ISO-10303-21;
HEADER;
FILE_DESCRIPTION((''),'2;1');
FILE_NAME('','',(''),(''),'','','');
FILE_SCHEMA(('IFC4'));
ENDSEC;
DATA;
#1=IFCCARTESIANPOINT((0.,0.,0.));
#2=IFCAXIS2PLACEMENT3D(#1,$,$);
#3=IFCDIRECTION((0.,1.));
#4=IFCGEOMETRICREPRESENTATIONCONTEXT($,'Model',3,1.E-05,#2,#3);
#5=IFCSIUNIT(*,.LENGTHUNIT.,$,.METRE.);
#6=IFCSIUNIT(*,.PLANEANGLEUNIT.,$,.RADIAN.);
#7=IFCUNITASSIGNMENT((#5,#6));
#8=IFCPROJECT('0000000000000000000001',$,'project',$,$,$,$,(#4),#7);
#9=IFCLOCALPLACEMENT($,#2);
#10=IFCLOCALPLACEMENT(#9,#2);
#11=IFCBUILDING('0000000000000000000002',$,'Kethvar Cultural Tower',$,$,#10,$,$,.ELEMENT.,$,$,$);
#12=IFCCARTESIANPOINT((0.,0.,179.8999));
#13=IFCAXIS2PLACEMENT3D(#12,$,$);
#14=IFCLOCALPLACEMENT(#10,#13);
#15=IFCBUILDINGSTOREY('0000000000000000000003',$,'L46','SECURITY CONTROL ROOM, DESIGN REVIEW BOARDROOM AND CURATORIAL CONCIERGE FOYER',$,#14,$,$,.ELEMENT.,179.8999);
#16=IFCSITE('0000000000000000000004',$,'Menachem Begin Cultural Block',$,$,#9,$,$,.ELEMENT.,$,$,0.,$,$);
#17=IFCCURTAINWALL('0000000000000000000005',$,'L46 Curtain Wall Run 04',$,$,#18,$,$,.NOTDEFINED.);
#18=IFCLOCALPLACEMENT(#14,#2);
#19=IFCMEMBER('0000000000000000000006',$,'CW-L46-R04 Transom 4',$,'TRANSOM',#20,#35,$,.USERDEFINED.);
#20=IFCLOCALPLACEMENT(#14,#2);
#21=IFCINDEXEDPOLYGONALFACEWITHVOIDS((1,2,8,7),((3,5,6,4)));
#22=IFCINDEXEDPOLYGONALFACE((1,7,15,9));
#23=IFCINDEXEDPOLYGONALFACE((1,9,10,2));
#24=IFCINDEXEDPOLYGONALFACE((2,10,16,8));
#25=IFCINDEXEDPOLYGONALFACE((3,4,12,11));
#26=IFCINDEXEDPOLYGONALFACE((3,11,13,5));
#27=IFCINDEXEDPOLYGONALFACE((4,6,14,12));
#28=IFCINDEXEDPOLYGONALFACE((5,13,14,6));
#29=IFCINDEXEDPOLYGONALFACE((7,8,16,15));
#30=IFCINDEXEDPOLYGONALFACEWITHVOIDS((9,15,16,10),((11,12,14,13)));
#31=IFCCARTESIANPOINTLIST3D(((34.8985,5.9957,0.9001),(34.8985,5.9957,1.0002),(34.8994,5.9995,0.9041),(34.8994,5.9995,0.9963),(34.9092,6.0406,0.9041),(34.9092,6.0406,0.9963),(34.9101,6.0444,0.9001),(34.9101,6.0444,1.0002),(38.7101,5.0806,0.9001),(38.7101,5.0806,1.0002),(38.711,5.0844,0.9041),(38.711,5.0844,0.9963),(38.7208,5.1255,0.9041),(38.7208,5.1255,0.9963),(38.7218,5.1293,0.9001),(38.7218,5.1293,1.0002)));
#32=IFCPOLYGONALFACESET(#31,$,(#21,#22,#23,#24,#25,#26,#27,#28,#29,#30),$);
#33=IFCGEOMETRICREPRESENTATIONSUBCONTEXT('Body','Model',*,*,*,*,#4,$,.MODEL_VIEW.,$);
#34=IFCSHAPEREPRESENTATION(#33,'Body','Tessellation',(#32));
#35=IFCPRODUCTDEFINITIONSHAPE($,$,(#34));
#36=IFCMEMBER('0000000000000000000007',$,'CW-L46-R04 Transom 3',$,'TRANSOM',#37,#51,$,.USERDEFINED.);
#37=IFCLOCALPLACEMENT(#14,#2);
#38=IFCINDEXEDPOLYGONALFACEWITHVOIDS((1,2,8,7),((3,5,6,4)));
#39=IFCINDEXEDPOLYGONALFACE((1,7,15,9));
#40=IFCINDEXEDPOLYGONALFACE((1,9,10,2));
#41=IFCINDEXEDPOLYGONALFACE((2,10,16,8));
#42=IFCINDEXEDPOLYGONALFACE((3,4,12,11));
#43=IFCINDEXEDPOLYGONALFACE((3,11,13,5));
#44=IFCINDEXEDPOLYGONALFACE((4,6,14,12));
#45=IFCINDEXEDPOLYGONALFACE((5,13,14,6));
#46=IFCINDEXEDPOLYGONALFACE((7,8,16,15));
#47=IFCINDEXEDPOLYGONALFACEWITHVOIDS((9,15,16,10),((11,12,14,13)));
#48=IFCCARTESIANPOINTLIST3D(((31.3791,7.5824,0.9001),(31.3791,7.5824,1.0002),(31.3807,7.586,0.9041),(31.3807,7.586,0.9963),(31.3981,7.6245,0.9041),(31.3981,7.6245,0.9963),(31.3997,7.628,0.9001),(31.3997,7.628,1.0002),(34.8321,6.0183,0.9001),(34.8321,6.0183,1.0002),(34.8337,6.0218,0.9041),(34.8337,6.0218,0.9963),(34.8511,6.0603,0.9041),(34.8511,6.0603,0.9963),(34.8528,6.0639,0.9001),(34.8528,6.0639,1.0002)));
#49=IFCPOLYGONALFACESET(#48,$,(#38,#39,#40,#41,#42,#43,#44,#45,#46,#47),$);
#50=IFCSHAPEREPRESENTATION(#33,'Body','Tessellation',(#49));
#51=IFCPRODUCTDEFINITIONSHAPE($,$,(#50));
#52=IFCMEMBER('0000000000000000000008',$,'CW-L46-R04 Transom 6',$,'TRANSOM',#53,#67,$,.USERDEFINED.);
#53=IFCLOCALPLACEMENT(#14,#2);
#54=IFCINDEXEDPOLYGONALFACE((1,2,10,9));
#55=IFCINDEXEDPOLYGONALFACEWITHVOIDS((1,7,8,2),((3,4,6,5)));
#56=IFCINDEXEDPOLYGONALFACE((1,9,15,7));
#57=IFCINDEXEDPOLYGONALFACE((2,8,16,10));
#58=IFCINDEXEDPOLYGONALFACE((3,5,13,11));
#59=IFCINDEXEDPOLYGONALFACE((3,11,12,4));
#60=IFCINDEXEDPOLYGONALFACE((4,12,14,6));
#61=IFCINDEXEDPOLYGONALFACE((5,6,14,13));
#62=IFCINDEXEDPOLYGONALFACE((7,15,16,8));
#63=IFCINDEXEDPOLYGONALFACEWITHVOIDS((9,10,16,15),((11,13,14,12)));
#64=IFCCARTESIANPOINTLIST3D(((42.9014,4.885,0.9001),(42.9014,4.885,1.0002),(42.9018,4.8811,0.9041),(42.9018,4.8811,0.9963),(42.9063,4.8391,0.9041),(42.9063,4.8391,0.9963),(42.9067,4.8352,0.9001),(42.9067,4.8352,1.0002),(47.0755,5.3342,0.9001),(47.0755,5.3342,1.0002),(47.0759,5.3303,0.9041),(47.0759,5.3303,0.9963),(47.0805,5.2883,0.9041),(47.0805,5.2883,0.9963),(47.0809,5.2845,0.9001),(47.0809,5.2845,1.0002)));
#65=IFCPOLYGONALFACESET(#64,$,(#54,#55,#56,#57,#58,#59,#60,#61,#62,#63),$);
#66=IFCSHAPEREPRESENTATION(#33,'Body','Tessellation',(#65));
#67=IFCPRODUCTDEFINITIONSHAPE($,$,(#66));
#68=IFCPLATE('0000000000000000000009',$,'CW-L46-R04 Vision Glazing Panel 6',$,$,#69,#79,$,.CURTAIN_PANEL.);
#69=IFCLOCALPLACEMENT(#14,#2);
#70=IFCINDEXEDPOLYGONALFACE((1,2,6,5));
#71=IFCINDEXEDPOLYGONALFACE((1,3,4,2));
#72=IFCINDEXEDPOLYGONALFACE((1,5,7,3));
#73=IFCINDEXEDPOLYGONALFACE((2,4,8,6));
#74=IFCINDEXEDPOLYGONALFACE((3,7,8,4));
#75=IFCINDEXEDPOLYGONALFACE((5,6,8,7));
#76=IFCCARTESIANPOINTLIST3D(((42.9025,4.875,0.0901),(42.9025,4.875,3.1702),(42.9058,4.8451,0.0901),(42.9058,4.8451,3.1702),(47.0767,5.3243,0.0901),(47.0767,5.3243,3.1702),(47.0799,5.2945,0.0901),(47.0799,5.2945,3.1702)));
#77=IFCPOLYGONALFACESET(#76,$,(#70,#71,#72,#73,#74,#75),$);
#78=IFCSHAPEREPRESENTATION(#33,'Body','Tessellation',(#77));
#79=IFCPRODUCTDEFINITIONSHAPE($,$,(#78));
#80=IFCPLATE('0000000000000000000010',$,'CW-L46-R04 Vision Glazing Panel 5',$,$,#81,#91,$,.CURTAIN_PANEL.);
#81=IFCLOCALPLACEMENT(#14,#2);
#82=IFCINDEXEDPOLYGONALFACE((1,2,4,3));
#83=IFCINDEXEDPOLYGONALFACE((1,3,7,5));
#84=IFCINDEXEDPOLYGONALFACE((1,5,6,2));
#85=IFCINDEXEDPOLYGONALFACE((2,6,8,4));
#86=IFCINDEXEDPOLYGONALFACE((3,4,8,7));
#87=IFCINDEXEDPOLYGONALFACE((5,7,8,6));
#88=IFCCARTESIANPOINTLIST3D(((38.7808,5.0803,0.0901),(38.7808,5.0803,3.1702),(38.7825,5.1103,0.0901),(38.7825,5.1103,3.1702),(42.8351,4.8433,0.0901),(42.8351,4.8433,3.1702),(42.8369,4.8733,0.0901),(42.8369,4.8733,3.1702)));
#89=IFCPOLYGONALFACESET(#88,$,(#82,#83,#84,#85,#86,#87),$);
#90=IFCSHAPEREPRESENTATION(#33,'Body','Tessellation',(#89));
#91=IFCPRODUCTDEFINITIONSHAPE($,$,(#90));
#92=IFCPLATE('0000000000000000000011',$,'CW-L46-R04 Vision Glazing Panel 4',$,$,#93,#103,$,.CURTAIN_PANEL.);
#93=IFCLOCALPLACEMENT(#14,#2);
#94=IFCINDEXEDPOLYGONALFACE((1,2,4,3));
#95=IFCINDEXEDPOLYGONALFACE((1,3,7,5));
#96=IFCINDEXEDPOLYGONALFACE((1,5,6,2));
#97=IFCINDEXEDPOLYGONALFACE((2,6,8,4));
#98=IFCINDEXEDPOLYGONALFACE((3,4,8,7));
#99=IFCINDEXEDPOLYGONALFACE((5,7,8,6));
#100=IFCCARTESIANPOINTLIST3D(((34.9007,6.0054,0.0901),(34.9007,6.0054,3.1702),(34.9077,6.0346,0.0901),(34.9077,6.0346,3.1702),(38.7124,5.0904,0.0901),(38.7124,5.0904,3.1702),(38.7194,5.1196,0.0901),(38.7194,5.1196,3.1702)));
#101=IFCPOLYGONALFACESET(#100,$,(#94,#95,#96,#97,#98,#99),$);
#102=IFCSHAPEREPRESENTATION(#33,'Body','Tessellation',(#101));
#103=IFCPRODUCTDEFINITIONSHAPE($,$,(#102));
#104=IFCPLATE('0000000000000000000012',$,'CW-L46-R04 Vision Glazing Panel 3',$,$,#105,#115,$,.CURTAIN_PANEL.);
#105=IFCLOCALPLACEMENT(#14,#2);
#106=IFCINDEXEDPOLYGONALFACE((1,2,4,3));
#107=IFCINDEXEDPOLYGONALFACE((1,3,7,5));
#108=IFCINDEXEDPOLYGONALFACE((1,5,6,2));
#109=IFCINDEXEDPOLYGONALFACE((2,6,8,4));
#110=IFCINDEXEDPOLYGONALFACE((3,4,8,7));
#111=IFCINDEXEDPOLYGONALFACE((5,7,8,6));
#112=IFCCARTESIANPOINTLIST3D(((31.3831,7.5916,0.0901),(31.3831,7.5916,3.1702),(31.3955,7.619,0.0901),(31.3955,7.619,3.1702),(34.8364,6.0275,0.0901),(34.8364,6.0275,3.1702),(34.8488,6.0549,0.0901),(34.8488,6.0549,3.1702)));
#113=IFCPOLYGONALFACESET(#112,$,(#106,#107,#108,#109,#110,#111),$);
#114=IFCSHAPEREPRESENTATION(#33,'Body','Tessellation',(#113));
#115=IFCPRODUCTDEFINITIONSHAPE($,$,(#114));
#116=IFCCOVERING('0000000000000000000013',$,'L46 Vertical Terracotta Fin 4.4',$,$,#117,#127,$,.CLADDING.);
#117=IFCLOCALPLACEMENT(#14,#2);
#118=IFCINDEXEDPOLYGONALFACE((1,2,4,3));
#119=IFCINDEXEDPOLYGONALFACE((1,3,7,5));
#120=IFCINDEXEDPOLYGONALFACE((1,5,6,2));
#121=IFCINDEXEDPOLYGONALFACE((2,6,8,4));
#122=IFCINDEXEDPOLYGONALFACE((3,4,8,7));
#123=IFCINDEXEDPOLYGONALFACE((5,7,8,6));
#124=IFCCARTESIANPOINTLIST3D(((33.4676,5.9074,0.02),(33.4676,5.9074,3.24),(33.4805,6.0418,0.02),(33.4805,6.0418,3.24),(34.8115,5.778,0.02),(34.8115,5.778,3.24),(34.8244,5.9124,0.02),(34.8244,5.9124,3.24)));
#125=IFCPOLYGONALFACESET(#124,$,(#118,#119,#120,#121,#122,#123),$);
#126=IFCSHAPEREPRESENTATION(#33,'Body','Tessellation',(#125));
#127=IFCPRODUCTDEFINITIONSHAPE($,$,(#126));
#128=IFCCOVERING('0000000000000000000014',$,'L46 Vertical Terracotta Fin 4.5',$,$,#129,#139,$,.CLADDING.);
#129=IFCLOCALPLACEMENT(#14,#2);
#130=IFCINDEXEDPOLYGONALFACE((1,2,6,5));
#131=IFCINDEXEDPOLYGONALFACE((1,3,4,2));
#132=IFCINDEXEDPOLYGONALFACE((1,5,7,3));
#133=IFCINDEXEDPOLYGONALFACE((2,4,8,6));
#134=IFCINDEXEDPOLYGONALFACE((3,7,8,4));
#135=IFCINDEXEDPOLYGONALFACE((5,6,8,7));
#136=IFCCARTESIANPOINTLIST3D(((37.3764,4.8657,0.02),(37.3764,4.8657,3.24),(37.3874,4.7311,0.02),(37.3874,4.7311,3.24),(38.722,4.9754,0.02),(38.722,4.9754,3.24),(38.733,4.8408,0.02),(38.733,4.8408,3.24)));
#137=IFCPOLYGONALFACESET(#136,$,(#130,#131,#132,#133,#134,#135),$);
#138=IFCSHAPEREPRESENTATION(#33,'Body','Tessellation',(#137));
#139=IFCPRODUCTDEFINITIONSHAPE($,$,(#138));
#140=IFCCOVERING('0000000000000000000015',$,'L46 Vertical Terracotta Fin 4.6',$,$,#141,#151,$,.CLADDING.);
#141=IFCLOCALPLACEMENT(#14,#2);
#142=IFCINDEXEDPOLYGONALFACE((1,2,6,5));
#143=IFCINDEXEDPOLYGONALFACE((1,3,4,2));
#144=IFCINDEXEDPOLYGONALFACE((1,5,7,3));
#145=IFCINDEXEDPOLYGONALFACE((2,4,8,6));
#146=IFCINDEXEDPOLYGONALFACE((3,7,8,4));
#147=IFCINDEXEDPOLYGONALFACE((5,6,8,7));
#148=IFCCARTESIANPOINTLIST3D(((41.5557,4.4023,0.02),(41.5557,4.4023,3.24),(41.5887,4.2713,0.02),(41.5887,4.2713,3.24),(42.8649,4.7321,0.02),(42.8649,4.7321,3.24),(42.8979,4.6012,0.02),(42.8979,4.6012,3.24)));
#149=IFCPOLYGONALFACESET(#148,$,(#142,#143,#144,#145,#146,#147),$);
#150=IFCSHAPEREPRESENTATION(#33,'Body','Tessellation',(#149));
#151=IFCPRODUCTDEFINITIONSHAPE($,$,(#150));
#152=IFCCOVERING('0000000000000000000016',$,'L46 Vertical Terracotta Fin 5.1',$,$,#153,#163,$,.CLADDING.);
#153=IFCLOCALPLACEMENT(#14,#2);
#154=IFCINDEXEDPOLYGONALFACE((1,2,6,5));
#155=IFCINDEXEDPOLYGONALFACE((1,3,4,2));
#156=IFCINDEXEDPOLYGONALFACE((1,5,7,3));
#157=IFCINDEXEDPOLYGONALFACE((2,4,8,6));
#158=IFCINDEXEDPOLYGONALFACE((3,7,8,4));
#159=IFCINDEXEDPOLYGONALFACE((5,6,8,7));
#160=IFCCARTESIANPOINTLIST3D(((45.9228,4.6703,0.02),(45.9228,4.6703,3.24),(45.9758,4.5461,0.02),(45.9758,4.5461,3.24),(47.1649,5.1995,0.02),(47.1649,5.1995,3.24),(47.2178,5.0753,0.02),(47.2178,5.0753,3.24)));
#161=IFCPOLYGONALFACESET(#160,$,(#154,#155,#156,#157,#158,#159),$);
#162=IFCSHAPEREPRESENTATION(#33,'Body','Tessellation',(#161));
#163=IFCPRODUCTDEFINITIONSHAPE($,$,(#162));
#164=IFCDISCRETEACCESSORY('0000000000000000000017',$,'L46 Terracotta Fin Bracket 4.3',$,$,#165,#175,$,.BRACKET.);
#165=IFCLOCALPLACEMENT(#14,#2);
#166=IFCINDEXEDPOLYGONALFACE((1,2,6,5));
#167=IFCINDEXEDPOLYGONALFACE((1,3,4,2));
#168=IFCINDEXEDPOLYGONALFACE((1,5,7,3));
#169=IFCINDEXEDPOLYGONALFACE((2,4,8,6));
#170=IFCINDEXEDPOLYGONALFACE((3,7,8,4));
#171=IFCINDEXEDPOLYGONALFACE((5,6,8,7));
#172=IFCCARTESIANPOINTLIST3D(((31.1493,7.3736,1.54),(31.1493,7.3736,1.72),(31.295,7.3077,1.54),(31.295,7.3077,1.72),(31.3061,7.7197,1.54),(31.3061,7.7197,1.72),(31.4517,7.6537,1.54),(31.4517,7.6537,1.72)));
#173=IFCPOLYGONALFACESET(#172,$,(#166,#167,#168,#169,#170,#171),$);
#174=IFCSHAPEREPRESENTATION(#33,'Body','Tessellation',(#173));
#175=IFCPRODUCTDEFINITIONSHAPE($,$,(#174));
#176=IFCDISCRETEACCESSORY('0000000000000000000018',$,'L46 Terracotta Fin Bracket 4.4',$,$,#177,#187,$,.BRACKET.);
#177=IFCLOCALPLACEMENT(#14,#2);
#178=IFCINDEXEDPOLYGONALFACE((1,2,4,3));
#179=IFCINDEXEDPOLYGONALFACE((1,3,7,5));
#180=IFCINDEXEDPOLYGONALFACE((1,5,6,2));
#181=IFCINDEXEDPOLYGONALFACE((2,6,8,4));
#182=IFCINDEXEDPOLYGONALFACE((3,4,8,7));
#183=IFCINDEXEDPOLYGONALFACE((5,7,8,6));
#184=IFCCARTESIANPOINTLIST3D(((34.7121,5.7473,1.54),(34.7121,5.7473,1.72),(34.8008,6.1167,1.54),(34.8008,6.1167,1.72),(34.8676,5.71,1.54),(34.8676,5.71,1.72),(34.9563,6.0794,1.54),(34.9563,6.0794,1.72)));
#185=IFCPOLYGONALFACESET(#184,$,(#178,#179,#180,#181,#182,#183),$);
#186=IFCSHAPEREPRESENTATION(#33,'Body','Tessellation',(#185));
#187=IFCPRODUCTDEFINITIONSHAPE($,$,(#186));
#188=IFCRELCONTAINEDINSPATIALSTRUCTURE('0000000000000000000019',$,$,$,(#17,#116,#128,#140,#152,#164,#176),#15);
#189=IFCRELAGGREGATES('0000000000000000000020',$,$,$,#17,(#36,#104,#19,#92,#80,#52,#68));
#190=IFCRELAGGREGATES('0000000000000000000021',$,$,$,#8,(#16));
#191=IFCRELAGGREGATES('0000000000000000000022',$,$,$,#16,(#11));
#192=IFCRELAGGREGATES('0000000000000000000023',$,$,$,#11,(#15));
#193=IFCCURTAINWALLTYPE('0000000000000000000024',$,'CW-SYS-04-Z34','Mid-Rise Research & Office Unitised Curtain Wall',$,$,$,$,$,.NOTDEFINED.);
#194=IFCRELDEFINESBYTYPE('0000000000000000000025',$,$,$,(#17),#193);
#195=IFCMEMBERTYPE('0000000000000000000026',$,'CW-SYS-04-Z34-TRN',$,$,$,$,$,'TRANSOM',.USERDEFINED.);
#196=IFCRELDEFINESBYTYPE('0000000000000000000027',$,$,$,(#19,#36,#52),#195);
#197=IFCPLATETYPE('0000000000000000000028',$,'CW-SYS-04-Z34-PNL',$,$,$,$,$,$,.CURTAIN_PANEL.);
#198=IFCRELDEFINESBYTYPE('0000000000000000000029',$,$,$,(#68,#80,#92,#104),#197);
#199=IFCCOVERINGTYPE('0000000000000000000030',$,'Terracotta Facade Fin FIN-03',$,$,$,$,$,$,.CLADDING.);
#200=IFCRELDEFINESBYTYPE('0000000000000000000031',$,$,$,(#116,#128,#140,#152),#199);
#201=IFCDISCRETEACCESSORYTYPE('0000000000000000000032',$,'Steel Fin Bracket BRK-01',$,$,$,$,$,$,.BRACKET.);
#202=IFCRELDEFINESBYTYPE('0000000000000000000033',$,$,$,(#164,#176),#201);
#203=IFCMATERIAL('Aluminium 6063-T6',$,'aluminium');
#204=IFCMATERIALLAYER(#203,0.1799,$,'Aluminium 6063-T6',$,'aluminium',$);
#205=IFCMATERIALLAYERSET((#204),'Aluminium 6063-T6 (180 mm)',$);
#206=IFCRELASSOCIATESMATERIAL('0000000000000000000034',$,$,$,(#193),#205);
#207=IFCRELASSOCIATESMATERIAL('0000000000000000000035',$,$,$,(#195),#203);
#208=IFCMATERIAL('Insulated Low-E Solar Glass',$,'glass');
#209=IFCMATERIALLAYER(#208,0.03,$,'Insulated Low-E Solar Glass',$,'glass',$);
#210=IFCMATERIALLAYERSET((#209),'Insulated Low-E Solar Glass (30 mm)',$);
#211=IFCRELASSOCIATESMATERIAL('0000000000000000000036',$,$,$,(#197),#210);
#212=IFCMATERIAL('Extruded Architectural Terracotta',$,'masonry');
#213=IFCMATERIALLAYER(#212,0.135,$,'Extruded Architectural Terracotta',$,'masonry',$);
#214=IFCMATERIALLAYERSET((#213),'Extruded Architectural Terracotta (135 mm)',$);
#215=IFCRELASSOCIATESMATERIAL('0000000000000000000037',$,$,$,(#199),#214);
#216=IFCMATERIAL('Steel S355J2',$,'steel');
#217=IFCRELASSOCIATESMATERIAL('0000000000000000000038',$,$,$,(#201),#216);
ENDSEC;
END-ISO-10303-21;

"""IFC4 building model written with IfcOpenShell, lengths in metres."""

from ifc_helpers import new_model, si_unit, direction, frame, origin, origin_2d, place, context, subcontext, project, spatial, rectangle, hollow_rectangle, extrude, source, transform, mapped, material, layer, layer_set, material_profile, profile_set, type_object, element, aggregate, save


model = new_model("IFC4")

# Units and contexts
model_context = context("Model", 3, precision=1e-05, world=origin(), true_north=direction((0.0, 1.0)))
body_context = subcontext(model_context, "Body", "Model", "MODEL_VIEW")
ifc_project = project(units=[si_unit("LENGTHUNIT", "METRE"), si_unit("PLANEANGLEUNIT", "RADIAN")], contexts=[model_context])

# Site, building, storey
site_placement = place(None, origin())
site = spatial("IfcSite", under=ifc_project, at=site_placement, Name="Menachem Begin Cultural Block", CompositionType="ELEMENT", RefElevation=0.0)
building_placement = place(site_placement, origin())
building = spatial("IfcBuilding", under=site, at=building_placement, Name="Kethvar Cultural Tower", CompositionType="ELEMENT")
storey_placement = place(building_placement, frame((0.0, 0.0, 179.8999)))
storey = spatial("IfcBuildingStorey", under=building, at=storey_placement, Name="L46", Description="SECURITY CONTROL ROOM, DESIGN REVIEW BOARDROOM AND CURATORIAL CONCIERGE FOYER", CompositionType="ELEMENT", Elevation=179.8999)

# Shared definitions
ifc_material_1 = material(Name="Steel S355J2", Category="steel")

# Curtain wall, members, plates
ifc_material_2 = material(Name="Aluminium 6063-T6", Category="aluminium")
ifc_layer_1 = layer(ifc_material_2, 0.1799, Name="Aluminium 6063-T6", Category="aluminium")
ifc_layer_set_1 = layer_set([ifc_layer_1], Name="Aluminium 6063-T6 (180 mm)")
curtain_wall_type = type_object("IfcCurtainWallType", Name="CW-SYS-04-Z34", Description="Mid-Rise Research & Office Unitised Curtain Wall", PredefinedType="NOTDEFINED", material=ifc_layer_set_1)
curtain_wall_placement = place(storey_placement, origin())
curtain_wall = element("IfcCurtainWall", 1, at=curtain_wall_placement, inside=storey, type_object=curtain_wall_type, Name="L46 Curtain Wall Run 04", PredefinedType="NOTDEFINED")
ifc_material_profile_1 = material_profile(ifc_material_2, hollow_rectangle(XDim=0.05, YDim=0.1001, WallThickness=0.0039, at=origin_2d()), Name="Aluminium 6063-T6 — RHS100x50x4")
ifc_profile_set_1 = profile_set([ifc_material_profile_1], Name="Aluminium 6063-T6 — RHS100x50x4")
member_type_1 = type_object("IfcMemberType", Name="CW-SYS-04-Z34-TRN", ElementType="TRANSOM", PredefinedType="USERDEFINED", material=ifc_profile_set_1)
shared_shape_1 = source(origin(), body_context, "Body", "SweptSolid", [
    extrude(hollow_rectangle(XDim=0.05, YDim=0.1001, WallThickness=0.0039, at=origin_2d()), origin(), (0.0, 0.0, 1.0), 3.9199),
])
member_1_placement = place(storey_placement, frame((34.9043, 6.02, 0.9502), z_axis=(0.972371, -0.233439, 0.0), x_axis=(0.233439, 0.972371, 0.0)))
member_1 = element("IfcMember", 2, at=member_1_placement, type_object=member_type_1, Name="CW-L46-R04 Transom 4", ObjectType="TRANSOM", PredefinedType="USERDEFINED", context=body_context, shape_type="MappedRepresentation", body=[
    mapped(shared_shape_1, transform((0.0, 0.0, 0.0), scale=1.0)),
])
shared_shape_2 = source(origin(), body_context, "Body", "SweptSolid", [
    extrude(hollow_rectangle(XDim=0.05, YDim=0.1001, WallThickness=0.0039, at=origin_2d()), origin(), (0.0, 0.0, 1.0), 3.7908),
])
member_2_placement = place(storey_placement, frame((31.3894, 7.6052, 0.9502), z_axis=(0.910902, -0.412624, 0.0), x_axis=(0.412624, 0.910902, 0.0)))
member_2 = element("IfcMember", 3, at=member_2_placement, type_object=member_type_1, Name="CW-L46-R04 Transom 3", ObjectType="TRANSOM", PredefinedType="USERDEFINED", context=body_context, shape_type="MappedRepresentation", body=[
    mapped(shared_shape_2, transform((0.0, 0.0, 0.0), scale=1.0)),
])
shared_shape_3 = source(origin(), body_context, "Body", "SweptSolid", [
    extrude(hollow_rectangle(XDim=0.05, YDim=0.1001, WallThickness=0.0039, at=origin_2d()), origin(), (0.0, 0.0, 1.0), 4.1982),
])
member_3_placement = place(storey_placement, frame((42.9041, 4.8601, 0.9502), z_axis=(0.994259, 0.107003, 0.0), x_axis=(-0.107003, 0.994259, 0.0)))
member_3 = element("IfcMember", 4, at=member_3_placement, type_object=member_type_1, Name="CW-L46-R04 Transom 6", ObjectType="TRANSOM", PredefinedType="USERDEFINED", context=body_context, shape_type="MappedRepresentation", body=[
    mapped(shared_shape_3, transform((0.0, 0.0, 0.0), scale=1.0)),
])
ifc_material_3 = material(Name="Insulated Low-E Solar Glass", Category="glass")
ifc_layer_2 = layer(ifc_material_3, 0.03, Name="Insulated Low-E Solar Glass", Category="glass")
ifc_layer_set_2 = layer_set([ifc_layer_2], Name="Insulated Low-E Solar Glass (30 mm)")
plate_type = type_object("IfcPlateType", Name="CW-SYS-04-Z34-PNL", PredefinedType="CURTAIN_PANEL", material=ifc_layer_set_2)
shared_shape_4 = source(origin(), body_context, "Body", "SweptSolid", [
    extrude(rectangle(XDim=4.1982, YDim=0.03, at=origin_2d()), origin(), (0.0, 0.0, 1.0), 3.0801),
])
plate_1_placement = place(storey_placement, frame((44.9912, 5.0847, 0.0901), z_axis=(0.0, 0.0, 1.0), x_axis=(0.994256, 0.107028, 0.0)))
plate_1 = element("IfcPlate", 5, at=plate_1_placement, type_object=plate_type, Name="CW-L46-R04 Vision Glazing Panel 6", PredefinedType="CURTAIN_PANEL", context=body_context, shape_type="MappedRepresentation", body=[
    mapped(shared_shape_4, transform((0.0, 0.0, 0.0), scale=1.0)),
])
shared_shape_5 = source(origin(), body_context, "Body", "SweptSolid", [
    extrude(rectangle(XDim=4.0613, YDim=0.03, at=origin_2d()), origin(), (0.0, 0.0, 1.0), 3.0801),
])
plate_2_placement = place(storey_placement, frame((40.8088, 4.9768, 0.0901), z_axis=(0.0, 0.0, 1.0), x_axis=(0.998296, -0.058348, 0.0)))
plate_2 = element("IfcPlate", 6, at=plate_2_placement, type_object=plate_type, Name="CW-L46-R04 Vision Glazing Panel 5", PredefinedType="CURTAIN_PANEL", context=body_context, shape_type="MappedRepresentation", body=[
    mapped(shared_shape_5, transform((0.0, 0.0, 0.0), scale=1.0)),
])
shared_shape_6 = source(origin(), body_context, "Body", "SweptSolid", [
    extrude(rectangle(XDim=3.9199, YDim=0.03, at=origin_2d()), origin(), (0.0, 0.0, 1.0), 3.0801),
])
plate_3_placement = place(storey_placement, frame((36.8101, 5.5625, 0.0901), z_axis=(0.0, 0.0, 1.0), x_axis=(0.972378, -0.233411, 0.0)))
plate_3 = element("IfcPlate", 7, at=plate_3_placement, type_object=plate_type, Name="CW-L46-R04 Vision Glazing Panel 4", PredefinedType="CURTAIN_PANEL", context=body_context, shape_type="MappedRepresentation", body=[
    mapped(shared_shape_6, transform((0.0, 0.0, 0.0), scale=1.0)),
])
shared_shape_7 = source(origin(), body_context, "Body", "SweptSolid", [
    extrude(rectangle(XDim=3.791, YDim=0.03, at=origin_2d()), origin(), (0.0, 0.0, 1.0), 3.0801),
])
plate_4_placement = place(storey_placement, frame((33.116, 6.8232, 0.0901), z_axis=(0.0, 0.0, 1.0), x_axis=(0.910921, -0.41258, 0.0)))
plate_4 = element("IfcPlate", 8, at=plate_4_placement, type_object=plate_type, Name="CW-L46-R04 Vision Glazing Panel 3", PredefinedType="CURTAIN_PANEL", context=body_context, shape_type="MappedRepresentation", body=[
    mapped(shared_shape_7, transform((0.0, 0.0, 0.0), scale=1.0)),
])
aggregate(curtain_wall, [member_2, plate_4, member_1, plate_3, plate_2, member_3, plate_1])

# Coverings
ifc_material_4 = material(Name="Extruded Architectural Terracotta", Category="masonry")
ifc_layer_3 = layer(ifc_material_4, 0.135, Name="Extruded Architectural Terracotta", Category="masonry")
ifc_layer_set_3 = layer_set([ifc_layer_3], Name="Extruded Architectural Terracotta (135 mm)")
covering_type = type_object("IfcCoveringType", Name="Terracotta Facade Fin FIN-03", PredefinedType="CLADDING", material=ifc_layer_set_3)
shared_shape_8 = source(origin(), body_context, "Body", "SweptSolid", [
    extrude(rectangle(XDim=1.3501, YDim=0.135, at=origin_2d()), origin(), (0.0, 0.0, 1.0), 3.22),
])
for number, where, z_axis, x_axis, name in (
    (9, (34.146, 5.9099, 0.02), (0.0, 0.0, 1.0), (-0.995396, 0.095846, 0.0), "L46 Vertical Terracotta Fin 4.4"),
    (10, (38.0547, 4.8533, 0.02), (0.0, 0.0, 1.0), (-0.996694, -0.081243, 0.0), "L46 Vertical Terracotta Fin 4.5"),
    (11, (42.2268, 4.5017, 0.02), (0.0, 0.0, 1.0), (-0.969702, -0.244292, 0.0), "L46 Vertical Terracotta Fin 4.6"),
    (12, (46.5703, 4.8728, 0.02), (0.0, 0.0, 1.0), (-0.919958, -0.392016, 0.0), "L46 Vertical Terracotta Fin 5.1"),
):
    element("IfcCovering", number, at=place(storey_placement, frame(where, z_axis=z_axis, x_axis=x_axis)), inside=storey, type_object=covering_type, Name=name, PredefinedType="CLADDING", context=body_context, shape_type="MappedRepresentation", body=[
        mapped(shared_shape_8, transform((0.0, 0.0, 0.0), scale=1.0)),
    ])

# Discrete accessories
discrete_accessory_type = type_object("IfcDiscreteAccessoryType", Name="Steel Fin Bracket BRK-01", PredefinedType="BRACKET", material=ifc_material_1)
shared_shape_9 = source(origin(), body_context, "Body", "SweptSolid", [
    extrude(rectangle(XDim=0.3799, YDim=0.1599, at=origin_2d()), origin(), (0.0, 0.0, 1.0), 0.1799),
])
for number, where, z_axis, x_axis, name in (
    (13, (31.3005, 7.5137, 1.54), (0.0, 0.0, 1.0), (-0.412628, -0.9109, 0.0), "L46 Terracotta Fin Bracket 4.3"),
    (14, (34.8342, 5.9133, 1.54), (0.0, 0.0, 1.0), (-0.233445, -0.97237, 0.0), "L46 Terracotta Fin Bracket 4.4"),
):
    element("IfcDiscreteAccessory", number, at=place(storey_placement, frame(where, z_axis=z_axis, x_axis=x_axis)), inside=storey, type_object=discrete_accessory_type, Name=name, PredefinedType="BRACKET", context=body_context, shape_type="MappedRepresentation", body=[
        mapped(shared_shape_9, transform((0.0, 0.0, 0.0), scale=1.0)),
    ])

save(model, "model.ifc")
